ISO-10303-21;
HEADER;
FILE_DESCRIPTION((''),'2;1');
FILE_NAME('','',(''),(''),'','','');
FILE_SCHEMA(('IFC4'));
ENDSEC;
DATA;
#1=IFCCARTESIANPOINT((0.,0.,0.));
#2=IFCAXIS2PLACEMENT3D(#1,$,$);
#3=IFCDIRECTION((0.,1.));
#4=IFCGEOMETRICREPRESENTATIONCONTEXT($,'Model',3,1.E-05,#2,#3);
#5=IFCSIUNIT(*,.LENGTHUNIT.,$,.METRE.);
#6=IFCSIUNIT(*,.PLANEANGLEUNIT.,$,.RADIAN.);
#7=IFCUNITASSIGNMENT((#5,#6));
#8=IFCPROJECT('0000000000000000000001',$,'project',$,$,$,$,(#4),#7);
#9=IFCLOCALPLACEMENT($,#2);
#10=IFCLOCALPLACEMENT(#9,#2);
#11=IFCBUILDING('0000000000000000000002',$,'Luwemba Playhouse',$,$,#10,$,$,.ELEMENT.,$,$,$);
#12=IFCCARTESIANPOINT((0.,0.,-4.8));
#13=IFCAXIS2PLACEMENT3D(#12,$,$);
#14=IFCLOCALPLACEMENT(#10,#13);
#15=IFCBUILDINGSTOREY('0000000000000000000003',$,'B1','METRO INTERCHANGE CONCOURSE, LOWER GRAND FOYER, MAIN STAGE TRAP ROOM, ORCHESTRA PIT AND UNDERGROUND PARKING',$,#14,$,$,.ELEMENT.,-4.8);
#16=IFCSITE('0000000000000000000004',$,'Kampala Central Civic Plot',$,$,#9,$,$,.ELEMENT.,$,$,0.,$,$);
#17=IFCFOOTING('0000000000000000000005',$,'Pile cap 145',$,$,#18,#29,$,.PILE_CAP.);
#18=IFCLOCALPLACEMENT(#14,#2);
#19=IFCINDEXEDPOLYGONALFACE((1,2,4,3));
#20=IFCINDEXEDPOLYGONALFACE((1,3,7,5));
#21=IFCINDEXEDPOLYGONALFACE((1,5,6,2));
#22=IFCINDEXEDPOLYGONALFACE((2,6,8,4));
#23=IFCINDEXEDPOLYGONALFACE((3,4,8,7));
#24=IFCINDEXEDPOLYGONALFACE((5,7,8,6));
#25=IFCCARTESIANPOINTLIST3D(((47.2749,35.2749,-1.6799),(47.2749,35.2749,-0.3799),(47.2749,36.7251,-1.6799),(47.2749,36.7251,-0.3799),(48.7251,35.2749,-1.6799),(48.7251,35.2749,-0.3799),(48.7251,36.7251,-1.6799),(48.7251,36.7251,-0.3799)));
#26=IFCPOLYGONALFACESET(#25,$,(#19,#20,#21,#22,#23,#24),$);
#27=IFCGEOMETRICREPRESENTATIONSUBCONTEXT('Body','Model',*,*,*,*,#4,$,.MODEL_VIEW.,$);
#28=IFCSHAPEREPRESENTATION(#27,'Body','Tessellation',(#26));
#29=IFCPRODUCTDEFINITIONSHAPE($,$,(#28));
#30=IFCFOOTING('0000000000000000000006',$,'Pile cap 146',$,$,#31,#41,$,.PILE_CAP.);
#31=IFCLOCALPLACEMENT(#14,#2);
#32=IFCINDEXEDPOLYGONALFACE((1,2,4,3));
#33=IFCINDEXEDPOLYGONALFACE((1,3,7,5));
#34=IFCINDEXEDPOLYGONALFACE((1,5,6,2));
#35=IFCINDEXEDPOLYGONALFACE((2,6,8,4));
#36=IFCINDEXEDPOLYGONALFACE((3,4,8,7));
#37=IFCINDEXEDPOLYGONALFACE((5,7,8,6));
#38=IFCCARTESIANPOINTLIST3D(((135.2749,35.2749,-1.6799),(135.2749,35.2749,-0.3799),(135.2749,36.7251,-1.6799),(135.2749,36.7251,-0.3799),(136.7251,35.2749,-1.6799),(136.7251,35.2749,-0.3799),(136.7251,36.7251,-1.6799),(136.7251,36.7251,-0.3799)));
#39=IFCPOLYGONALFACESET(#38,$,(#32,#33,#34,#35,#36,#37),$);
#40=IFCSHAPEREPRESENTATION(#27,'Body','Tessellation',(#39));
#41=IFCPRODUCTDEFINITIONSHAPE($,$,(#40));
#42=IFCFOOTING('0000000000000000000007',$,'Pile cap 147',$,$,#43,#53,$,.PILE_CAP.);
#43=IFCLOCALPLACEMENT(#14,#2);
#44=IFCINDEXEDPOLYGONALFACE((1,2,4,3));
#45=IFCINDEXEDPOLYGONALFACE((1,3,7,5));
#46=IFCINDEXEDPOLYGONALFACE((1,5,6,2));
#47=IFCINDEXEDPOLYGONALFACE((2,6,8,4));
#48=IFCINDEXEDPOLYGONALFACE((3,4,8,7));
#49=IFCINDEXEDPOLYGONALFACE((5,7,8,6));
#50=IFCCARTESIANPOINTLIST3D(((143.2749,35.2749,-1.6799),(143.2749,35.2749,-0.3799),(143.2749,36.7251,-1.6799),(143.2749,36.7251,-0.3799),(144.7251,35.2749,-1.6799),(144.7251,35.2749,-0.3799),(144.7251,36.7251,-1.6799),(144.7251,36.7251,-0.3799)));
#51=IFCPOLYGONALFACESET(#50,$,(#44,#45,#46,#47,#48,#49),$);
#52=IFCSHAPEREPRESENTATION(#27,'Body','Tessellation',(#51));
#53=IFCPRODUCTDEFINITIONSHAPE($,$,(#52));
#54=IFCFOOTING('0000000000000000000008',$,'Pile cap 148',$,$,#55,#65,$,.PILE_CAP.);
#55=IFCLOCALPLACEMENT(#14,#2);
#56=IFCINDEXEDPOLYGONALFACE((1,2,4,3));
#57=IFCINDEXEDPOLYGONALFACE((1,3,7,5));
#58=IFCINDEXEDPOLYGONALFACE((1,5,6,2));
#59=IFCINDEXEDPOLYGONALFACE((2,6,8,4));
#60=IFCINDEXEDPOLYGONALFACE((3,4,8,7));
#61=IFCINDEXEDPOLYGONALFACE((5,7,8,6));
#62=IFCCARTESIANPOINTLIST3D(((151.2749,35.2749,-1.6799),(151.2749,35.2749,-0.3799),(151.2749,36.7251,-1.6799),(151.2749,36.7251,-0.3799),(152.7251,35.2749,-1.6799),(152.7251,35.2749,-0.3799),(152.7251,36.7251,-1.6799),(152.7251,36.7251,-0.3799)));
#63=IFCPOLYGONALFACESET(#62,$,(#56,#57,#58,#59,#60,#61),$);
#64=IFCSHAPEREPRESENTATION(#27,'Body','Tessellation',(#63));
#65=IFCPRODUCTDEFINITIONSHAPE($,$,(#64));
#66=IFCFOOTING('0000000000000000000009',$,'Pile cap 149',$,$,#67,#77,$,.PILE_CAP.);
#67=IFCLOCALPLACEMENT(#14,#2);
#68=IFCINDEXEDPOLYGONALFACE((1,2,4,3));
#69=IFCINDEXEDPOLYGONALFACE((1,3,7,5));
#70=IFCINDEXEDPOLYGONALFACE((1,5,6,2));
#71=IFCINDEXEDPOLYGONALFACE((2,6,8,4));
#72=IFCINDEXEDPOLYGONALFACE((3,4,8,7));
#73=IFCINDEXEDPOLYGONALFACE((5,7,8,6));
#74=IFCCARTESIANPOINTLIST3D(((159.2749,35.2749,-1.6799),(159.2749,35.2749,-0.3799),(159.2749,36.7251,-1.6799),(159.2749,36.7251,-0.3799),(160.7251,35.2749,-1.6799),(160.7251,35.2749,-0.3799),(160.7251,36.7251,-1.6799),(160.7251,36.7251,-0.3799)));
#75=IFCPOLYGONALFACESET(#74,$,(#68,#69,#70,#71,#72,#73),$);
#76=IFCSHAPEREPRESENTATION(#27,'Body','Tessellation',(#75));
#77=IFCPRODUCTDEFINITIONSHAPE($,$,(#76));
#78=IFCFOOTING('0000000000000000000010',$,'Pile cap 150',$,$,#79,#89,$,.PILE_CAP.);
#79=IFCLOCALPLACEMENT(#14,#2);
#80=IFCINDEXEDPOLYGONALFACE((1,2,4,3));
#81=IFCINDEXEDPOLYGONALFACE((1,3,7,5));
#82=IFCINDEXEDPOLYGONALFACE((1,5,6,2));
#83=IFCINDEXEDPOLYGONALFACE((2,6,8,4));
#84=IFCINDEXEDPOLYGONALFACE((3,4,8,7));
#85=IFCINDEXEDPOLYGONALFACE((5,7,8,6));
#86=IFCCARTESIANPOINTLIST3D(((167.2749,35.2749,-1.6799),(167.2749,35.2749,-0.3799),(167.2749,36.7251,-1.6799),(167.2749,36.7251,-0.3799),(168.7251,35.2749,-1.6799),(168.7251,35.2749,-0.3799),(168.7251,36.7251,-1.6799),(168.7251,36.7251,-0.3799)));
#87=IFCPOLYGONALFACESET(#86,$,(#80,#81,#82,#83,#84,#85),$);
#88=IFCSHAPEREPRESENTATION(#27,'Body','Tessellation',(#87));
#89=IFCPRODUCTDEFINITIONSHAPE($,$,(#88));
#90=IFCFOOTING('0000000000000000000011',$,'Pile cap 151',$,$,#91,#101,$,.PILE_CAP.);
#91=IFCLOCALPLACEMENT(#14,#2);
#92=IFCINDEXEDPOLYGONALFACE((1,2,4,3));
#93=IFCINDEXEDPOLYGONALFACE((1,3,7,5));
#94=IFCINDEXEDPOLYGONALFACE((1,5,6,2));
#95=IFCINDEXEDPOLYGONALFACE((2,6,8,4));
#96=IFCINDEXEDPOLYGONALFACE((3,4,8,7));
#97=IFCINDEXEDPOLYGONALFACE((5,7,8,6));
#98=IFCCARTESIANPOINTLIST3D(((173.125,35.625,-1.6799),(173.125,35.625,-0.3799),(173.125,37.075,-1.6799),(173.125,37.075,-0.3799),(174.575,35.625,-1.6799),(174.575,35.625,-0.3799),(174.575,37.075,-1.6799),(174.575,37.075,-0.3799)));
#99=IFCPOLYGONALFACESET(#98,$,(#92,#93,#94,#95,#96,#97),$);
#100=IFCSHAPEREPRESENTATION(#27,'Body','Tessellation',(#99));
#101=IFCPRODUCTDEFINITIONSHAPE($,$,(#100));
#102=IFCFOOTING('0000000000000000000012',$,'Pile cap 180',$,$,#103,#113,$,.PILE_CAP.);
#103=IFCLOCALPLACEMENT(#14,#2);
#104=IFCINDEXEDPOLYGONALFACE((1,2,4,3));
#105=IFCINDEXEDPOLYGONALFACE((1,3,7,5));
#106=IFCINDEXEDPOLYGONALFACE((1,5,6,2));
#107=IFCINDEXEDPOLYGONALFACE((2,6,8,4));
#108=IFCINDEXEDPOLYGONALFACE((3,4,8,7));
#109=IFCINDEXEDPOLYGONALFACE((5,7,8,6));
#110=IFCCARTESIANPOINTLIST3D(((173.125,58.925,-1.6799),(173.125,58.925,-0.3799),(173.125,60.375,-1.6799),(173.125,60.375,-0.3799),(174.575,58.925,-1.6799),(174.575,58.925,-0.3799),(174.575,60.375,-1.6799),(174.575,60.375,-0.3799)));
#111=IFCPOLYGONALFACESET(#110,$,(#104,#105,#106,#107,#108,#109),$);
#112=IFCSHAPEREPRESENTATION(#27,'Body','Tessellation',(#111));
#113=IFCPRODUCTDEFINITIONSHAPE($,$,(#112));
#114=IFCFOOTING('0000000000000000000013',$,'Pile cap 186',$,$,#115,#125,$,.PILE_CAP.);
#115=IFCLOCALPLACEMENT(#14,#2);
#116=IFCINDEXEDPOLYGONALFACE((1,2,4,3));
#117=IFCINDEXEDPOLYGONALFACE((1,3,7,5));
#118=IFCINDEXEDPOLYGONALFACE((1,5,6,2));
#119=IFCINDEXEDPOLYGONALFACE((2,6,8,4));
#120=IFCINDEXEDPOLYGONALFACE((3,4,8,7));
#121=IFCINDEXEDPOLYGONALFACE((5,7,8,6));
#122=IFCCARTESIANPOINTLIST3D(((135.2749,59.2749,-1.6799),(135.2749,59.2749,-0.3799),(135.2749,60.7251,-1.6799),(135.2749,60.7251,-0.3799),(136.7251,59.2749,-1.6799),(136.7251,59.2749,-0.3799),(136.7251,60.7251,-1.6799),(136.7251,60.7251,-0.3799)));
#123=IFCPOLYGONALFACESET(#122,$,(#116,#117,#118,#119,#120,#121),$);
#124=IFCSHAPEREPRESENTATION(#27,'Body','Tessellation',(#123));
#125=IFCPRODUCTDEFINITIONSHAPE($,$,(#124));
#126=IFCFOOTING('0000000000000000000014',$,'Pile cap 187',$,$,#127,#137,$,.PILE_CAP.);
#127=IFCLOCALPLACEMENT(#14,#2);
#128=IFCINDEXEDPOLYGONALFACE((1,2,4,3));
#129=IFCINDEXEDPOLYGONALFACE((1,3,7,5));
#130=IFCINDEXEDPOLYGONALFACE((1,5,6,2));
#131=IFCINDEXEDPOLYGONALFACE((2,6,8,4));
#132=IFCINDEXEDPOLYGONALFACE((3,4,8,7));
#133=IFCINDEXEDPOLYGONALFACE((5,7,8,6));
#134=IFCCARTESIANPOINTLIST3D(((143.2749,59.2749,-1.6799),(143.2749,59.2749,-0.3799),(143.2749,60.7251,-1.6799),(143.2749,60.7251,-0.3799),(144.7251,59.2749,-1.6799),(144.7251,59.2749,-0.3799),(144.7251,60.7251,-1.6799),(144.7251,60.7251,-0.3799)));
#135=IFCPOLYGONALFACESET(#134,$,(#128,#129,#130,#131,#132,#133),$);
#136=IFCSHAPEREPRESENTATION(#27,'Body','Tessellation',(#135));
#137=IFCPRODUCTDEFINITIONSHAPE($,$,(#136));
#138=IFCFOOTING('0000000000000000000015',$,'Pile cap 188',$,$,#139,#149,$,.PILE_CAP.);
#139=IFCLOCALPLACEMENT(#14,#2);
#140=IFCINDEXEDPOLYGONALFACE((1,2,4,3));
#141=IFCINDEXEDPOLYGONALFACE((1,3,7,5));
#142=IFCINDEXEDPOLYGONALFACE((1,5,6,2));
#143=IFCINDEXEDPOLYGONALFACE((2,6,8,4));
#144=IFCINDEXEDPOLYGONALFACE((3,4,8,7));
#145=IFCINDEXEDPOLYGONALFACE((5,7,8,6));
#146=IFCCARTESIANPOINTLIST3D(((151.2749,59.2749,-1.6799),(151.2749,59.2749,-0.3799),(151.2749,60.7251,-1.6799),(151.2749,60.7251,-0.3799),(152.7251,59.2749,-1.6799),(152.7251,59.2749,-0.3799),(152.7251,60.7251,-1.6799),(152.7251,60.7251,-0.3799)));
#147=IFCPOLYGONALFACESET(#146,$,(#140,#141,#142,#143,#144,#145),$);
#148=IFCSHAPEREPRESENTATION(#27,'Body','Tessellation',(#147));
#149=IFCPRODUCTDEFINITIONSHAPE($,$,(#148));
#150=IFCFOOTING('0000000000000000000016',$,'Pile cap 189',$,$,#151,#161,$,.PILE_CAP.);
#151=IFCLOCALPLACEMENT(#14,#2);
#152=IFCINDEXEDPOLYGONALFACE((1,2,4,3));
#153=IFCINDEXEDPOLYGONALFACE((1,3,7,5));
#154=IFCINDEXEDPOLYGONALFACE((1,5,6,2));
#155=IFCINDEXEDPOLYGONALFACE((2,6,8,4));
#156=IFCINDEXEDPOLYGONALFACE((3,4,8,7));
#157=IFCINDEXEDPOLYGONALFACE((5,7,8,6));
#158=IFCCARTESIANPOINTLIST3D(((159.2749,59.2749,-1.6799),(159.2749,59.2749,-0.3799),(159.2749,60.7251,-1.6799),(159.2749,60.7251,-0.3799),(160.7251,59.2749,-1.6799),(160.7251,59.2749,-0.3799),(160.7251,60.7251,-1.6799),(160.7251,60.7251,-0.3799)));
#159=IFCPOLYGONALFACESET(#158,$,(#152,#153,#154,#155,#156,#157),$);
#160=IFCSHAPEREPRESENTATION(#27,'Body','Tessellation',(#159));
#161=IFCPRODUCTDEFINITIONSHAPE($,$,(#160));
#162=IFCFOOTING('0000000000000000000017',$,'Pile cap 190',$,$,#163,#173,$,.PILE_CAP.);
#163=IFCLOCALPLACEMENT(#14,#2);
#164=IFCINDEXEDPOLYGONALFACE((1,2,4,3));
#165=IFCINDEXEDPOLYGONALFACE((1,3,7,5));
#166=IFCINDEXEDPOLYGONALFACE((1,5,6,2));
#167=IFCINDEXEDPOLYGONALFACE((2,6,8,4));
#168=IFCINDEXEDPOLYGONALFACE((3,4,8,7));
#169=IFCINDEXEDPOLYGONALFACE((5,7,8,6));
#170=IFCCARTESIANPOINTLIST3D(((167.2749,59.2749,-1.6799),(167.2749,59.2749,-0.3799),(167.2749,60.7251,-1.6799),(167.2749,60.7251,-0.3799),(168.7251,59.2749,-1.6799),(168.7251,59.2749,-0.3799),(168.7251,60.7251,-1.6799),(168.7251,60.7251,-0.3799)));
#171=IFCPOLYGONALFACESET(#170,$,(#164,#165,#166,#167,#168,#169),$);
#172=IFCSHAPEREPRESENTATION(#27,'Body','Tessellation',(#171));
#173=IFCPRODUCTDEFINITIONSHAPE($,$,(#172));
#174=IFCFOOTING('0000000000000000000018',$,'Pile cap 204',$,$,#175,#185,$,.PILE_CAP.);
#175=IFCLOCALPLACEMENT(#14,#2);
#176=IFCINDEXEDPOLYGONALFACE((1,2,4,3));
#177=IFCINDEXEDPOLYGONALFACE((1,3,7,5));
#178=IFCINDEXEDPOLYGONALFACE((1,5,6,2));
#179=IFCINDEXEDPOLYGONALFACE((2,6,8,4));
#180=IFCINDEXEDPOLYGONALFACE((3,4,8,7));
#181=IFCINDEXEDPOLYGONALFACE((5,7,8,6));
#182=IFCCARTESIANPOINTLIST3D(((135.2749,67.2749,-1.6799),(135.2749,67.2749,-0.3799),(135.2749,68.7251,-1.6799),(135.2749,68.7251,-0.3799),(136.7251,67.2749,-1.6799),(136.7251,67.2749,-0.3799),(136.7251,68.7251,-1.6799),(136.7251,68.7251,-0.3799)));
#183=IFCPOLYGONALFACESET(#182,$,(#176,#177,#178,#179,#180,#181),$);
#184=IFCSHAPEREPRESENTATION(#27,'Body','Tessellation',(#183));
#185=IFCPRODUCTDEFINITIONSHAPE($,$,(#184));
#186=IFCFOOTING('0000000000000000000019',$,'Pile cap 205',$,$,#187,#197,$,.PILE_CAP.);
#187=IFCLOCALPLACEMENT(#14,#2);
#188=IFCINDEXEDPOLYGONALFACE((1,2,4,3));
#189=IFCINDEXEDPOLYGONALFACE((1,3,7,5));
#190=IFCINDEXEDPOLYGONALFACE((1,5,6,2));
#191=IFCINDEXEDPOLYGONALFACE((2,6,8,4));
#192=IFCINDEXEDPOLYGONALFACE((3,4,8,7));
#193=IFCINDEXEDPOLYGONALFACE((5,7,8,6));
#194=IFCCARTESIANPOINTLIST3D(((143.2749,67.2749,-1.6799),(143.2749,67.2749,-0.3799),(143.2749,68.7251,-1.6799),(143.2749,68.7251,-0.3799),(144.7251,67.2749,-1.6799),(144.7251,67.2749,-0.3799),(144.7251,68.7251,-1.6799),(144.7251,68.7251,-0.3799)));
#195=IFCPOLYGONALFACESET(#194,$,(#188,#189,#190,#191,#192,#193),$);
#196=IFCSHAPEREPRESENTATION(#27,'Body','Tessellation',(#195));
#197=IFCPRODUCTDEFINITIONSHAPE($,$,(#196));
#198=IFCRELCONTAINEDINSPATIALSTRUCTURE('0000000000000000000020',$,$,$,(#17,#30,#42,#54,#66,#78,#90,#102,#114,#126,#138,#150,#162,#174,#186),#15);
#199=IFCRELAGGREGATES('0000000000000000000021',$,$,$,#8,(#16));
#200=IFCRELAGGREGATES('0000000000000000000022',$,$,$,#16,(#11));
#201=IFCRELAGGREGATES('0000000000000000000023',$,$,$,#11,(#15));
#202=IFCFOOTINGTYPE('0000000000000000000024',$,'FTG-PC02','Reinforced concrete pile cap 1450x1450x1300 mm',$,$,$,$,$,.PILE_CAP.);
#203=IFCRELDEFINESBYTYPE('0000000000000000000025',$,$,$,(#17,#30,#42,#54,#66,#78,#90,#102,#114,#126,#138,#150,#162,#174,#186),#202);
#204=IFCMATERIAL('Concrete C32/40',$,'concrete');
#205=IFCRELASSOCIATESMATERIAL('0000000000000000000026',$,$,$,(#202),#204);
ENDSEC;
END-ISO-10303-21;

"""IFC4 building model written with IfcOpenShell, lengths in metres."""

from ifc_helpers import new_model, si_unit, direction, frame, origin, place, context, subcontext, project, spatial, polyline, outline, extrude, material, type_object, element, save


model = new_model("IFC4")

# Units and contexts
model_context = context("Model", 3, precision=1e-05, world=origin(), true_north=direction((0.0, 1.0)))
body_context = subcontext(model_context, "Body", "Model", "MODEL_VIEW")
ifc_project = project(units=[si_unit("LENGTHUNIT", "METRE"), si_unit("PLANEANGLEUNIT", "RADIAN")], contexts=[model_context])

# Site, building, storey
site_placement = place(None, origin())
site = spatial("IfcSite", under=ifc_project, at=site_placement, Name="Kampala Central Civic Plot", CompositionType="ELEMENT", RefElevation=0.0)
building_placement = place(site_placement, origin())
building = spatial("IfcBuilding", under=site, at=building_placement, Name="Luwemba Playhouse", CompositionType="ELEMENT")
storey_placement = place(building_placement, frame((0.0, 0.0, -4.8)))
storey = spatial("IfcBuildingStorey", under=building, at=storey_placement, Name="B1", Description="METRO INTERCHANGE CONCOURSE, LOWER GRAND FOYER, MAIN STAGE TRAP ROOM, ORCHESTRA PIT AND UNDERGROUND PARKING", CompositionType="ELEMENT", Elevation=-4.8)

# Footings
ifc_material = material(Name="Concrete C32/40", Category="concrete")
footing_type = type_object("IfcFootingType", Name="FTG-PC02", Description="Reinforced concrete pile cap 1450x1450x1300 mm", PredefinedType="PILE_CAP", material=ifc_material)
footing_1_placement = place(storey_placement, frame((0.0, 0.0, -1.6799)))
element("IfcFooting", 1, at=footing_1_placement, inside=storey, type_object=footing_type, Name="Pile cap 145", PredefinedType="PILE_CAP", context=body_context, shape_type="SweptSolid", body=[
    extrude(outline(polyline([(47.2749, 35.2749), (48.7251, 35.2749), (48.7251, 36.7251), (47.2749, 36.7251), (47.2749, 35.2749)])), origin(), (0.0, 0.0, 1.0), 1.3),
])
footing_2_placement = place(storey_placement, frame((0.0, 0.0, -1.6799)))
element("IfcFooting", 2, at=footing_2_placement, inside=storey, type_object=footing_type, Name="Pile cap 146", PredefinedType="PILE_CAP", context=body_context, shape_type="SweptSolid", body=[
    extrude(outline(polyline([(135.2749, 35.2749), (136.7251, 35.2749), (136.7251, 36.7251), (135.2749, 36.7251), (135.2749, 35.2749)])), origin(), (0.0, 0.0, 1.0), 1.3),
])
footing_3_placement = place(storey_placement, frame((0.0, 0.0, -1.6799)))
element("IfcFooting", 3, at=footing_3_placement, inside=storey, type_object=footing_type, Name="Pile cap 147", PredefinedType="PILE_CAP", context=body_context, shape_type="SweptSolid", body=[
    extrude(outline(polyline([(143.2749, 35.2749), (144.7251, 35.2749), (144.7251, 36.7251), (143.2749, 36.7251), (143.2749, 35.2749)])), origin(), (0.0, 0.0, 1.0), 1.3),
])
footing_4_placement = place(storey_placement, frame((0.0, 0.0, -1.6799)))
element("IfcFooting", 4, at=footing_4_placement, inside=storey, type_object=footing_type, Name="Pile cap 148", PredefinedType="PILE_CAP", context=body_context, shape_type="SweptSolid", body=[
    extrude(outline(polyline([(151.2749, 35.2749), (152.7251, 35.2749), (152.7251, 36.7251), (151.2749, 36.7251), (151.2749, 35.2749)])), origin(), (0.0, 0.0, 1.0), 1.3),
])
footing_5_placement = place(storey_placement, frame((0.0, 0.0, -1.6799)))
element("IfcFooting", 5, at=footing_5_placement, inside=storey, type_object=footing_type, Name="Pile cap 149", PredefinedType="PILE_CAP", context=body_context, shape_type="SweptSolid", body=[
    extrude(outline(polyline([(159.2749, 35.2749), (160.7251, 35.2749), (160.7251, 36.7251), (159.2749, 36.7251), (159.2749, 35.2749)])), origin(), (0.0, 0.0, 1.0), 1.3),
])
footing_6_placement = place(storey_placement, frame((0.0, 0.0, -1.6799)))
element("IfcFooting", 6, at=footing_6_placement, inside=storey, type_object=footing_type, Name="Pile cap 150", PredefinedType="PILE_CAP", context=body_context, shape_type="SweptSolid", body=[
    extrude(outline(polyline([(167.2749, 35.2749), (168.7251, 35.2749), (168.7251, 36.7251), (167.2749, 36.7251), (167.2749, 35.2749)])), origin(), (0.0, 0.0, 1.0), 1.3),
])
footing_7_placement = place(storey_placement, frame((0.0, 0.0, -1.6799)))
element("IfcFooting", 7, at=footing_7_placement, inside=storey, type_object=footing_type, Name="Pile cap 151", PredefinedType="PILE_CAP", context=body_context, shape_type="SweptSolid", body=[
    extrude(outline(polyline([(173.125, 35.625), (174.575, 35.625), (174.575, 37.075), (173.125, 37.075), (173.125, 35.625)])), origin(), (0.0, 0.0, 1.0), 1.3),
])
footing_8_placement = place(storey_placement, frame((0.0, 0.0, -1.6799)))
element("IfcFooting", 8, at=footing_8_placement, inside=storey, type_object=footing_type, Name="Pile cap 180", PredefinedType="PILE_CAP", context=body_context, shape_type="SweptSolid", body=[
    extrude(outline(polyline([(173.125, 58.925), (174.575, 58.925), (174.575, 60.375), (173.125, 60.375), (173.125, 58.925)])), origin(), (0.0, 0.0, 1.0), 1.3),
])
footing_9_placement = place(storey_placement, frame((0.0, 0.0, -1.6799)))
element("IfcFooting", 9, at=footing_9_placement, inside=storey, type_object=footing_type, Name="Pile cap 186", PredefinedType="PILE_CAP", context=body_context, shape_type="SweptSolid", body=[
    extrude(outline(polyline([(135.2749, 59.2749), (136.7251, 59.2749), (136.7251, 60.7251), (135.2749, 60.7251), (135.2749, 59.2749)])), origin(), (0.0, 0.0, 1.0), 1.3),
])
footing_10_placement = place(storey_placement, frame((0.0, 0.0, -1.6799)))
element("IfcFooting", 10, at=footing_10_placement, inside=storey, type_object=footing_type, Name="Pile cap 187", PredefinedType="PILE_CAP", context=body_context, shape_type="SweptSolid", body=[
    extrude(outline(polyline([(143.2749, 59.2749), (144.7251, 59.2749), (144.7251, 60.7251), (143.2749, 60.7251), (143.2749, 59.2749)])), origin(), (0.0, 0.0, 1.0), 1.3),
])
footing_11_placement = place(storey_placement, frame((0.0, 0.0, -1.6799)))
element("IfcFooting", 11, at=footing_11_placement, inside=storey, type_object=footing_type, Name="Pile cap 188", PredefinedType="PILE_CAP", context=body_context, shape_type="SweptSolid", body=[
    extrude(outline(polyline([(151.2749, 59.2749), (152.7251, 59.2749), (152.7251, 60.7251), (151.2749, 60.7251), (151.2749, 59.2749)])), origin(), (0.0, 0.0, 1.0), 1.3),
])
footing_12_placement = place(storey_placement, frame((0.0, 0.0, -1.6799)))
element("IfcFooting", 12, at=footing_12_placement, inside=storey, type_object=footing_type, Name="Pile cap 189", PredefinedType="PILE_CAP", context=body_context, shape_type="SweptSolid", body=[
    extrude(outline(polyline([(159.2749, 59.2749), (160.7251, 59.2749), (160.7251, 60.7251), (159.2749, 60.7251), (159.2749, 59.2749)])), origin(), (0.0, 0.0, 1.0), 1.3),
])
footing_13_placement = place(storey_placement, frame((0.0, 0.0, -1.6799)))
element("IfcFooting", 13, at=footing_13_placement, inside=storey, type_object=footing_type, Name="Pile cap 190", PredefinedType="PILE_CAP", context=body_context, shape_type="SweptSolid", body=[
    extrude(outline(polyline([(167.2749, 59.2749), (168.7251, 59.2749), (168.7251, 60.7251), (167.2749, 60.7251), (167.2749, 59.2749)])), origin(), (0.0, 0.0, 1.0), 1.3),
])
footing_14_placement = place(storey_placement, frame((0.0, 0.0, -1.6799)))
element("IfcFooting", 14, at=footing_14_placement, inside=storey, type_object=footing_type, Name="Pile cap 204", PredefinedType="PILE_CAP", context=body_context, shape_type="SweptSolid", body=[
    extrude(outline(polyline([(135.2749, 67.2749), (136.7251, 67.2749), (136.7251, 68.7251), (135.2749, 68.7251), (135.2749, 67.2749)])), origin(), (0.0, 0.0, 1.0), 1.3),
])
footing_15_placement = place(storey_placement, frame((0.0, 0.0, -1.6799)))
element("IfcFooting", 15, at=footing_15_placement, inside=storey, type_object=footing_type, Name="Pile cap 205", PredefinedType="PILE_CAP", context=body_context, shape_type="SweptSolid", body=[
    extrude(outline(polyline([(143.2749, 67.2749), (144.7251, 67.2749), (144.7251, 68.7251), (143.2749, 68.7251), (143.2749, 67.2749)])), origin(), (0.0, 0.0, 1.0), 1.3),
])

save(model, "model.ifc")
